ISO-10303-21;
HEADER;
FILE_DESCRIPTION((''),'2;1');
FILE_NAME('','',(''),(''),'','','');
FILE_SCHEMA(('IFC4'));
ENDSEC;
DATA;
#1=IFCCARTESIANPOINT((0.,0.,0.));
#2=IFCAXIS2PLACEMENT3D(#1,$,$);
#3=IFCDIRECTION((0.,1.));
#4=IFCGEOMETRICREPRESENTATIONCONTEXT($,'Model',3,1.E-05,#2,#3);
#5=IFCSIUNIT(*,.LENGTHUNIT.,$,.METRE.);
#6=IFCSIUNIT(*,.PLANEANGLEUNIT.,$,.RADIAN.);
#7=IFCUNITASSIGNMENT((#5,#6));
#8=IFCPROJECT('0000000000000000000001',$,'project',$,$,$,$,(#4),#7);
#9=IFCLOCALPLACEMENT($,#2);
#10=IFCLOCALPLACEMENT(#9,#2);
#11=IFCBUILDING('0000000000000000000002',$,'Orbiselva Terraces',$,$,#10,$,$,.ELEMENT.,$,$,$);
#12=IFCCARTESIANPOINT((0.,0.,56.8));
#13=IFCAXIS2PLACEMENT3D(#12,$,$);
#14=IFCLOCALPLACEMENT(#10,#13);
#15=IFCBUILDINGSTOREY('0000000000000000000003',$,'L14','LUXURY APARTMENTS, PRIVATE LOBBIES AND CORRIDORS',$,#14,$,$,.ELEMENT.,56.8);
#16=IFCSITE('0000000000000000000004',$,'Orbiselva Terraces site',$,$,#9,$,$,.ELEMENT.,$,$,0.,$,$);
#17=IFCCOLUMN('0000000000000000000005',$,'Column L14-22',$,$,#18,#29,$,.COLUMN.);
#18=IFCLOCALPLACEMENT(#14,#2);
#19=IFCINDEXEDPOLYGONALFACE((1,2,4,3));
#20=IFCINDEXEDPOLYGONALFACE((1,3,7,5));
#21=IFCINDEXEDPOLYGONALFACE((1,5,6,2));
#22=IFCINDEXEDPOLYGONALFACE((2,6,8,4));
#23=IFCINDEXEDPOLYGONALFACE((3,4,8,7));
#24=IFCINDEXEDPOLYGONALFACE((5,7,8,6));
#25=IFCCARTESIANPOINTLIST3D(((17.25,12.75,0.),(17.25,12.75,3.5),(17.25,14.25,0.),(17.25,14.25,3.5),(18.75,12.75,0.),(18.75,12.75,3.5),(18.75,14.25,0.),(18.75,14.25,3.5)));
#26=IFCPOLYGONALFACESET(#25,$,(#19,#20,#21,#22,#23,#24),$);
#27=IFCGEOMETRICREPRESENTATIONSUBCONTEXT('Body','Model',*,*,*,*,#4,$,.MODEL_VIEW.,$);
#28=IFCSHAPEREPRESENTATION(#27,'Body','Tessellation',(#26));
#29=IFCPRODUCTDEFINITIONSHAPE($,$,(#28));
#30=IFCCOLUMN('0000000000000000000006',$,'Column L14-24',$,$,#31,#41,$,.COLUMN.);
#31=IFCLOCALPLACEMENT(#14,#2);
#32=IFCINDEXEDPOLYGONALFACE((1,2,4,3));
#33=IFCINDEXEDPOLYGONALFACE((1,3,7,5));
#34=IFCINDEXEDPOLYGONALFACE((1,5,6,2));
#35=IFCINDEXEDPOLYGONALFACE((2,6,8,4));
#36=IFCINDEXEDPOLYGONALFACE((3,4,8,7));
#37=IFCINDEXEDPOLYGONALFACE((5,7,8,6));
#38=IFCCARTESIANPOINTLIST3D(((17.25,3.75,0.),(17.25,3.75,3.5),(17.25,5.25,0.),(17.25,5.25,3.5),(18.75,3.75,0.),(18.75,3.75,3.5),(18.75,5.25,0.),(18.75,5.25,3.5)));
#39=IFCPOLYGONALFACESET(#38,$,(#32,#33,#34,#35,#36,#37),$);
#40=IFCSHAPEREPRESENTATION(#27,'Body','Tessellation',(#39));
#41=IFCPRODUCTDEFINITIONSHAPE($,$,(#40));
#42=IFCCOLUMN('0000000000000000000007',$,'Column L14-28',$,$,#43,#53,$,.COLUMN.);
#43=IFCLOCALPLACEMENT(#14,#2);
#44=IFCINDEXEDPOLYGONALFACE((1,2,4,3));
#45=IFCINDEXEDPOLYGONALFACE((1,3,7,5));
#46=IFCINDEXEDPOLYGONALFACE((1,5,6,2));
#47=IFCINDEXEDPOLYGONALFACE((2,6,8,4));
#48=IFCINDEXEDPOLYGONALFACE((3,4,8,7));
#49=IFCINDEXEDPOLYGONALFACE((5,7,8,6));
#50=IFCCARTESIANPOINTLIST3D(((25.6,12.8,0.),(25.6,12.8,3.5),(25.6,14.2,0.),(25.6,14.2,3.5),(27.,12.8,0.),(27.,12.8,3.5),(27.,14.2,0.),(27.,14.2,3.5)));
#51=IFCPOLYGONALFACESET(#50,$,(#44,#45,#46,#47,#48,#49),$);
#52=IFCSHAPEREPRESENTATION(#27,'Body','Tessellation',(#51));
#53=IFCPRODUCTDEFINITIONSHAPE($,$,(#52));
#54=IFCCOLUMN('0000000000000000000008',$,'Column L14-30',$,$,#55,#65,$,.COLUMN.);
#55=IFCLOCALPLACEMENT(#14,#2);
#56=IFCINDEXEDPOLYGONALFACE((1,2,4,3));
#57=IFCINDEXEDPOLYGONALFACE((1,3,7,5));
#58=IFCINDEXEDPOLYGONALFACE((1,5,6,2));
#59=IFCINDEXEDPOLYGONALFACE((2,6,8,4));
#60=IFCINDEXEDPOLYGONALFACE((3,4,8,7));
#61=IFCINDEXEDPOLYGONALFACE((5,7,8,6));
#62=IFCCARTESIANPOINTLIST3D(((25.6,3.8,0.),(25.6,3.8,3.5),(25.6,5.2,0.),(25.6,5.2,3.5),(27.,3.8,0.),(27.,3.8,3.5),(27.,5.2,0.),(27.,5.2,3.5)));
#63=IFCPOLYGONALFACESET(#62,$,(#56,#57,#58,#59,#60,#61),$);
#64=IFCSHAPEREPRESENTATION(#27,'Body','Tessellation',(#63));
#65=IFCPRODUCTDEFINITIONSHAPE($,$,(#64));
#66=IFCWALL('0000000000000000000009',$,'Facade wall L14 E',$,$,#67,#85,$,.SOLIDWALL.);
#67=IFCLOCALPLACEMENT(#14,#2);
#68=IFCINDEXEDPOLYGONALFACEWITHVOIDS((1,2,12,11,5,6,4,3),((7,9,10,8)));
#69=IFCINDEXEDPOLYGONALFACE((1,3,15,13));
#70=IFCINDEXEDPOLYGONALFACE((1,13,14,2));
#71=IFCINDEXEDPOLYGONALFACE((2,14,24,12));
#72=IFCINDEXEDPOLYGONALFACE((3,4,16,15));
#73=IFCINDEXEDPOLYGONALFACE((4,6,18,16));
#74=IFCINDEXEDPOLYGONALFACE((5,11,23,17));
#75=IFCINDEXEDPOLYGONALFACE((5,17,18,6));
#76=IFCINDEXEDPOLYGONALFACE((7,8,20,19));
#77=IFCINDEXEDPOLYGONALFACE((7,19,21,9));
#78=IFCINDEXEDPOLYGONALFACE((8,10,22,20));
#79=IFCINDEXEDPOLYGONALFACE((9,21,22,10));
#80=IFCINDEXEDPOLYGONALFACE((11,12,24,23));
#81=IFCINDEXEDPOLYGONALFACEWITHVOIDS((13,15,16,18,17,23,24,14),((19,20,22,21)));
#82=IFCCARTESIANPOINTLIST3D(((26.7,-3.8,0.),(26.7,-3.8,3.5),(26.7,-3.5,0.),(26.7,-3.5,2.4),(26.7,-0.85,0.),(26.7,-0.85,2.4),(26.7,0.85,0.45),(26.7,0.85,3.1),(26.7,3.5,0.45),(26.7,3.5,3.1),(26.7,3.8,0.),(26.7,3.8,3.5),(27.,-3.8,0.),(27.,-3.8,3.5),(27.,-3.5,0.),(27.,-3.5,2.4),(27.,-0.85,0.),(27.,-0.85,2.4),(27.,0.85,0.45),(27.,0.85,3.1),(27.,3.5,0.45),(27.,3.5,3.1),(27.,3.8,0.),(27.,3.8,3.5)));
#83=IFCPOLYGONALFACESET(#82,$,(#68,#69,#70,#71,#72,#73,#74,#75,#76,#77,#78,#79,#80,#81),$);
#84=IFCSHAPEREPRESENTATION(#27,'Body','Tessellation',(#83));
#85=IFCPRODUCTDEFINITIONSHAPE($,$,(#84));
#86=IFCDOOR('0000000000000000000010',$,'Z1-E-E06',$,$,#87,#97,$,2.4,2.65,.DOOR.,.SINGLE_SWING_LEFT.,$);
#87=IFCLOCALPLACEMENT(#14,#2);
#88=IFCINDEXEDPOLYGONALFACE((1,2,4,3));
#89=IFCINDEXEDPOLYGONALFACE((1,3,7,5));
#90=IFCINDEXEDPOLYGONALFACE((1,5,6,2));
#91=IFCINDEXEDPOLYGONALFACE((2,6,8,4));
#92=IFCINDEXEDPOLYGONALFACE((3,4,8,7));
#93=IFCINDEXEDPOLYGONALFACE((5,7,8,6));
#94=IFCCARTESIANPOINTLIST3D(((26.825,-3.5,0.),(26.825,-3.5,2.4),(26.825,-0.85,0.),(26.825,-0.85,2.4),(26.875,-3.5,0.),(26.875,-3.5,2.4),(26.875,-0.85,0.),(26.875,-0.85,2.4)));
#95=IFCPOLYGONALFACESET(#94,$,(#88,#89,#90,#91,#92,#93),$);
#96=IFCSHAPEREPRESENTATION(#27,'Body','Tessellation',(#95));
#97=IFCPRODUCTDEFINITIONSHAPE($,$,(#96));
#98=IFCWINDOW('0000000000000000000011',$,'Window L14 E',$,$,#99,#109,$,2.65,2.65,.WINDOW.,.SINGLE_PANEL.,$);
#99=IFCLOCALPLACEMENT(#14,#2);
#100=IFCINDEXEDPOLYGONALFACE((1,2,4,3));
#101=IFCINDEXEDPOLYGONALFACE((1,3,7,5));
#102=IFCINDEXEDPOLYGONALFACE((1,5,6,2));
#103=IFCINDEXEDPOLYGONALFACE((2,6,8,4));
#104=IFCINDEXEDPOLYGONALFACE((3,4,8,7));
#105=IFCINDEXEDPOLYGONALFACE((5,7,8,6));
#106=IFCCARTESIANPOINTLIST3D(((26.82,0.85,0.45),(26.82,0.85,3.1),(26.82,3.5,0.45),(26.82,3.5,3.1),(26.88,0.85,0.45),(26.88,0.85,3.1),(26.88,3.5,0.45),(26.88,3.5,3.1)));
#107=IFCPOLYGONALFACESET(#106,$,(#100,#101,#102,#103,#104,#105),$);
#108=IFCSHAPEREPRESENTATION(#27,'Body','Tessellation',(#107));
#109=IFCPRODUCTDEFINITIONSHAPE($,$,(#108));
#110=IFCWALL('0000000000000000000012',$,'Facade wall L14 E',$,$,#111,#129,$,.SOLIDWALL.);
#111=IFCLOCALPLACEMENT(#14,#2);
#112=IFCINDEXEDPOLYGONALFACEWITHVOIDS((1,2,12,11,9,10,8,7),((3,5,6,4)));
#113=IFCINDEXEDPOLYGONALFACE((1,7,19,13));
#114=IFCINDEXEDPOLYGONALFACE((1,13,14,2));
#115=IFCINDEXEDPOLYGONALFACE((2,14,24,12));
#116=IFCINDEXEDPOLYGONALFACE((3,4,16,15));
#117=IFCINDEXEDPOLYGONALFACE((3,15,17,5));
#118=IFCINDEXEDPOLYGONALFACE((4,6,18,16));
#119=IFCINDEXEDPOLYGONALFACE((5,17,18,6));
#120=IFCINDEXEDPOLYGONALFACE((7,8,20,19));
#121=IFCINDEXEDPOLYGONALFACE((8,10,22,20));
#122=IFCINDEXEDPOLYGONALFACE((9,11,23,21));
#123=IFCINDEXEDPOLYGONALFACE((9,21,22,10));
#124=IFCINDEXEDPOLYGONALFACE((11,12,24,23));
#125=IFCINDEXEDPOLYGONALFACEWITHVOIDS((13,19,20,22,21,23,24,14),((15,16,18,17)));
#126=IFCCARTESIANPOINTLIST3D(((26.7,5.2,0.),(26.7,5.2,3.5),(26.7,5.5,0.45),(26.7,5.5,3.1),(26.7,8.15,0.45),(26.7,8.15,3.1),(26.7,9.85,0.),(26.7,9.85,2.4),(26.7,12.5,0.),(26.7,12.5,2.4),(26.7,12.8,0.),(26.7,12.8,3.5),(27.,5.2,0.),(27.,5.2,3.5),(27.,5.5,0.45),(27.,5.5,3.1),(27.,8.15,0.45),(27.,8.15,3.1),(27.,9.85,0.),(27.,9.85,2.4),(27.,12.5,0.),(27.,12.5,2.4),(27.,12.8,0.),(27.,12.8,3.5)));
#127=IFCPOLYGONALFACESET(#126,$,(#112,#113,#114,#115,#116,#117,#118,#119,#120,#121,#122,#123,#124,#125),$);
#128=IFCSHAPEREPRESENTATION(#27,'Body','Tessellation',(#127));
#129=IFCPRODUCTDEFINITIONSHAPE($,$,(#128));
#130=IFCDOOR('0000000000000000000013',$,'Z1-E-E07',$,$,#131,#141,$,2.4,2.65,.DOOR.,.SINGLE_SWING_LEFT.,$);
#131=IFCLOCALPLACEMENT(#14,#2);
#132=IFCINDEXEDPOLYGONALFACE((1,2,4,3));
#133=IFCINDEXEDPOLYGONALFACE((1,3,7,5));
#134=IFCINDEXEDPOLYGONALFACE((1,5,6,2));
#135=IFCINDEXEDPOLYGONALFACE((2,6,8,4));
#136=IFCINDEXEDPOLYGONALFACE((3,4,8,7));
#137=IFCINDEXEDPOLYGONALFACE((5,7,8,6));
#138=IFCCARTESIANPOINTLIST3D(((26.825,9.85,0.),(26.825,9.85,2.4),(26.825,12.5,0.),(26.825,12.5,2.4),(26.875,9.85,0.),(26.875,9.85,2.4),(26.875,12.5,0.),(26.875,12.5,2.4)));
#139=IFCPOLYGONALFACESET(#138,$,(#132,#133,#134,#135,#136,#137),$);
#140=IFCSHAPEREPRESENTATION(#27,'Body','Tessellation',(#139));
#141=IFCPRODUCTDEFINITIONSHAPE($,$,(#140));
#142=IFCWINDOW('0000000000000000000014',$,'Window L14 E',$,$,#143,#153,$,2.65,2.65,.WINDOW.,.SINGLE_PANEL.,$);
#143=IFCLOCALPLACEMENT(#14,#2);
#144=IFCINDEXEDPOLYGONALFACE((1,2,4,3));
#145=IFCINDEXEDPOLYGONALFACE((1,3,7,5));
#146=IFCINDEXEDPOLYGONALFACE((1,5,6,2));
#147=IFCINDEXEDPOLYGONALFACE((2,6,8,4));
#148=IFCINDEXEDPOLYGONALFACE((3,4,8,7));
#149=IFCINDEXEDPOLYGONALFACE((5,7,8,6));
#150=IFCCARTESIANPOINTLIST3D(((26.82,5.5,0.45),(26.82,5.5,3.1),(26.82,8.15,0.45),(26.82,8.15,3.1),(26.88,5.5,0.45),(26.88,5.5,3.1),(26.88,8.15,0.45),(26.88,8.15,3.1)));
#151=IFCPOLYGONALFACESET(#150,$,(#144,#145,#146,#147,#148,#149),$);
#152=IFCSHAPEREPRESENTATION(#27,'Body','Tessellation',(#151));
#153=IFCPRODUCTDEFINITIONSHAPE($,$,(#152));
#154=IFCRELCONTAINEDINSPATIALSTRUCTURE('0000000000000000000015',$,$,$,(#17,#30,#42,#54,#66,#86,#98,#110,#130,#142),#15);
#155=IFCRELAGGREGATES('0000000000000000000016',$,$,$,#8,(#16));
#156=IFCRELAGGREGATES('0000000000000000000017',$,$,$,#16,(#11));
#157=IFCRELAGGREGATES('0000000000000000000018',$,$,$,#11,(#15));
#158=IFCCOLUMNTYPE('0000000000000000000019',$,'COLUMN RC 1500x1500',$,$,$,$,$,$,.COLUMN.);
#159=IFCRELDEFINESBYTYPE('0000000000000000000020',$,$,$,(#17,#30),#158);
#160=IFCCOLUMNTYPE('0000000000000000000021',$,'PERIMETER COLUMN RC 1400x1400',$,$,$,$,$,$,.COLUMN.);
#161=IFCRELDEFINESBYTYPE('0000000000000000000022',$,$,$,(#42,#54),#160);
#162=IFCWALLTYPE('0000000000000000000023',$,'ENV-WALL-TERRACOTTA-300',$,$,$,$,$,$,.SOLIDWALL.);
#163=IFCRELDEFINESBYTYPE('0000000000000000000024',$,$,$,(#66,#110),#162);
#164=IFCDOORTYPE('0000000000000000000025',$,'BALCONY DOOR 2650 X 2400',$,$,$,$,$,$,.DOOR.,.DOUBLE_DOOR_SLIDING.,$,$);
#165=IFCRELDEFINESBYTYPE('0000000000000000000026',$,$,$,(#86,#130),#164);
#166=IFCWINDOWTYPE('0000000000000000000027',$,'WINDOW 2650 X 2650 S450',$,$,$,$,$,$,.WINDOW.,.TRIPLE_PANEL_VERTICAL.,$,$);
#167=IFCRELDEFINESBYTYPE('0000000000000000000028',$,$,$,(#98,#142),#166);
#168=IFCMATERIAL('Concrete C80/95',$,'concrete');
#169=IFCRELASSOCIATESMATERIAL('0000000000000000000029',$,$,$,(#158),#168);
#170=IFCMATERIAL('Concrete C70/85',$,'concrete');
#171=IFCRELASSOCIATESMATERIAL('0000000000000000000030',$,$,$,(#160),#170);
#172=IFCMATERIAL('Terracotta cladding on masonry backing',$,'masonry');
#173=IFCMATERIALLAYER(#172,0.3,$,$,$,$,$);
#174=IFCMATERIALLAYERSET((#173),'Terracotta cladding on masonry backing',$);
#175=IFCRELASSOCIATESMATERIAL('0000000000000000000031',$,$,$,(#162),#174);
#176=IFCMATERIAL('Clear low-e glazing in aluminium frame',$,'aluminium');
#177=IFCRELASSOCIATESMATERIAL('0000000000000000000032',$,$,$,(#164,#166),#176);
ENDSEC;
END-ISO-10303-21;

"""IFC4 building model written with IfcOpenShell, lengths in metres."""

from ifc_helpers import new_model, si_unit, direction, frame, frame_2d, origin, origin_2d, place, context, subcontext, project, spatial, rectangle, extrude, material, layer, layer_set, material_profile, profile_set, type_object, element, fill, save


model = new_model("IFC4")

# Units and contexts
model_context = context("Model", 3, precision=1e-05, world=origin(), true_north=direction((0.0, 1.0)))
body_context = subcontext(model_context, "Body", "Model", "MODEL_VIEW")
ifc_project = project(units=[si_unit("LENGTHUNIT", "METRE"), si_unit("PLANEANGLEUNIT", "RADIAN")], contexts=[model_context])

# Site, building, storey
site_placement = place(None, origin())
site = spatial("IfcSite", under=ifc_project, at=site_placement, Name="Orbiselva Terraces site", CompositionType="ELEMENT", RefElevation=0.0)
building_placement = place(site_placement, origin())
building = spatial("IfcBuilding", under=site, at=building_placement, Name="Orbiselva Terraces", CompositionType="ELEMENT")
storey_placement = place(building_placement, frame((0.0, 0.0, 56.8)))
storey = spatial("IfcBuildingStorey", under=building, at=storey_placement, Name="L14", Description="LUXURY APARTMENTS, PRIVATE LOBBIES AND CORRIDORS", CompositionType="ELEMENT", Elevation=56.8)

# Columns
ifc_material_1 = material(Name="Concrete C80/95", Category="concrete")
ifc_material_profile_1 = material_profile(ifc_material_1, rectangle(XDim=1.5, YDim=1.5, at=origin_2d()), Name="RC 1500x1500")
ifc_profile_set_1 = profile_set([ifc_material_profile_1], Name="Concrete C80/95")
column_type_1 = type_object("IfcColumnType", Name="COLUMN RC 1500x1500", PredefinedType="COLUMN", material=ifc_profile_set_1)
for number, where, z_axis, x_axis, name in (
    (1, (18.0, 13.5, 0.0), (0.0, 0.0, 1.0), (1.0, 0.0, 0.0), "Column L14-22"),
    (2, (18.0, 4.5, 0.0), (0.0, 0.0, 1.0), (1.0, 0.0, 0.0), "Column L14-24"),
):
    element("IfcColumn", number, at=place(storey_placement, frame(where, z_axis=z_axis, x_axis=x_axis)), inside=storey, type_object=column_type_1, Name=name, PredefinedType="COLUMN", context=body_context, shape_type="SweptSolid", body=[
        extrude(rectangle(XDim=1.5, YDim=1.5, at=origin_2d()), origin(), (0.0, 0.0, 1.0), 3.5),
    ])
ifc_material_2 = material(Name="Concrete C70/85", Category="concrete")
ifc_material_profile_2 = material_profile(ifc_material_2, rectangle(XDim=1.4, YDim=1.4, at=origin_2d()), Name="RC 1400x1400")
ifc_profile_set_2 = profile_set([ifc_material_profile_2], Name="Concrete C70/85")
column_type_2 = type_object("IfcColumnType", Name="PERIMETER COLUMN RC 1400x1400", PredefinedType="COLUMN", material=ifc_profile_set_2)
for number, where, z_axis, x_axis, name in (
    (3, (26.3, 13.5, 0.0), (0.0, 0.0, 1.0), (1.0, 0.0, 0.0), "Column L14-28"),
    (4, (26.3, 4.5, 0.0), (0.0, 0.0, 1.0), (1.0, 0.0, 0.0), "Column L14-30"),
):
    element("IfcColumn", number, at=place(storey_placement, frame(where, z_axis=z_axis, x_axis=x_axis)), inside=storey, type_object=column_type_2, Name=name, PredefinedType="COLUMN", context=body_context, shape_type="SweptSolid", body=[
        extrude(rectangle(XDim=1.4, YDim=1.4, at=origin_2d()), origin(), (0.0, 0.0, 1.0), 3.5),
    ])

# Walls, openings, doors, windows
ifc_material_3 = material(Name="Terracotta cladding on masonry backing", Category="masonry")
ifc_layer_1 = layer(ifc_material_3, 0.3)
ifc_layer_set_1 = layer_set([ifc_layer_1], Name="Terracotta cladding on masonry backing")
wall_type_1 = type_object("IfcWallType", Name="ENV-WALL-TERRACOTTA-300", PredefinedType="SOLIDWALL", material=ifc_layer_set_1)
wall_1_placement = place(storey_placement, frame((26.85, 3.8, 0.0), z_axis=(0.0, 0.0, 1.0), x_axis=(0.0, -1.0, 0.0)))
wall_1 = element("IfcWall", 5, at=wall_1_placement, inside=storey, type_object=wall_type_1, Name="Facade wall L14 E", PredefinedType="SOLIDWALL", context=body_context, shape_type="SweptSolid", body=[
    extrude(rectangle(XDim=7.6, YDim=0.3, at=frame_2d((3.8, 0.0))), origin(), (0.0, 0.0, 1.0), 3.5),
])
opening_1_placement = place(wall_1_placement, frame((4.65, 0.0, 0.0)))
opening_1 = element("IfcOpeningElement", 6, at=opening_1_placement, cuts=wall_1, PredefinedType="OPENING", context=body_context, shape_type="SweptSolid", body=[
    extrude(rectangle(XDim=2.65, YDim=2.4, at=frame_2d((1.325, 1.2))), frame((0.0, 0.16, 0.0), z_axis=(0.0, -1.0, 0.0), x_axis=(1.0, 0.0, 0.0)), (0.0, 0.0, 1.0), 0.32),
])
opening_2_placement = place(wall_1_placement, frame((0.3, 0.0, 0.45)))
opening_2 = element("IfcOpeningElement", 7, at=opening_2_placement, cuts=wall_1, PredefinedType="OPENING", context=body_context, shape_type="SweptSolid", body=[
    extrude(rectangle(XDim=2.65, YDim=2.65, at=frame_2d((1.325, 1.325))), frame((0.0, 0.16, 0.0), z_axis=(0.0, -1.0, 0.0), x_axis=(1.0, 0.0, 0.0)), (0.0, 0.0, 1.0), 0.32),
])
ifc_material_4 = material(Name="Clear low-e glazing in aluminium frame", Category="aluminium")
door_type_1 = type_object("IfcDoorType", Name="BALCONY DOOR 2650 X 2400", OperationType="DOUBLE_DOOR_SLIDING", PredefinedType="DOOR", material=ifc_material_4)
door_1_placement = place(opening_1_placement, origin())
door_1 = element("IfcDoor", 8, at=door_1_placement, inside=storey, type_object=door_type_1, Name="Z1-E-E06", OperationType="SINGLE_SWING_LEFT", OverallHeight=2.4, OverallWidth=2.65, PredefinedType="DOOR", context=body_context, shape_type="SweptSolid", body=[
    extrude(rectangle(XDim=2.65, YDim=2.4, at=frame_2d((1.325, 1.2))), frame((0.0, 0.025, 0.0), z_axis=(0.0, -1.0, 0.0), x_axis=(1.0, 0.0, 0.0)), (0.0, 0.0, 1.0), 0.05),
])
fill(opening_1, door_1)
window_type = type_object("IfcWindowType", Name="WINDOW 2650 X 2650 S450", PartitioningType="TRIPLE_PANEL_VERTICAL", PredefinedType="WINDOW", material=ifc_material_4)
window_1_placement = place(opening_2_placement, origin())
window_1 = element("IfcWindow", 9, at=window_1_placement, inside=storey, type_object=window_type, Name="Window L14 E", OverallHeight=2.65, OverallWidth=2.65, PartitioningType="SINGLE_PANEL", PredefinedType="WINDOW", context=body_context, shape_type="SweptSolid", body=[
    extrude(rectangle(XDim=2.65, YDim=2.65, at=frame_2d((1.325, 1.325))), frame((0.0, 0.03, 0.0), z_axis=(0.0, -1.0, 0.0), x_axis=(1.0, 0.0, 0.0)), (0.0, 0.0, 1.0), 0.06),
])
fill(opening_2, window_1)
wall_2_placement = place(storey_placement, frame((26.85, 12.8, 0.0), z_axis=(0.0, 0.0, 1.0), x_axis=(0.0, -1.0, 0.0)))
wall_2 = element("IfcWall", 10, at=wall_2_placement, inside=storey, type_object=wall_type_1, Name="Facade wall L14 E", PredefinedType="SOLIDWALL", context=body_context, shape_type="SweptSolid", body=[
    extrude(rectangle(XDim=7.6, YDim=0.3, at=frame_2d((3.8, 0.0))), origin(), (0.0, 0.0, 1.0), 3.5),
])
opening_3_placement = place(wall_2_placement, frame((4.65, 0.0, 0.45)))
opening_3 = element("IfcOpeningElement", 11, at=opening_3_placement, cuts=wall_2, PredefinedType="OPENING", context=body_context, shape_type="SweptSolid", body=[
    extrude(rectangle(XDim=2.65, YDim=2.65, at=frame_2d((1.325, 1.325))), frame((0.0, 0.16, 0.0), z_axis=(0.0, -1.0, 0.0), x_axis=(1.0, 0.0, 0.0)), (0.0, 0.0, 1.0), 0.32),
])
opening_4_placement = place(wall_2_placement, frame((0.3, 0.0, 0.0)))
opening_4 = element("IfcOpeningElement", 12, at=opening_4_placement, cuts=wall_2, PredefinedType="OPENING", context=body_context, shape_type="SweptSolid", body=[
    extrude(rectangle(XDim=2.65, YDim=2.4, at=frame_2d((1.325, 1.2))), frame((0.0, 0.16, 0.0), z_axis=(0.0, -1.0, 0.0), x_axis=(1.0, 0.0, 0.0)), (0.0, 0.0, 1.0), 0.32),
])
door_2_placement = place(opening_4_placement, origin())
door_2 = element("IfcDoor", 13, at=door_2_placement, inside=storey, type_object=door_type_1, Name="Z1-E-E07", OperationType="SINGLE_SWING_LEFT", OverallHeight=2.4, OverallWidth=2.65, PredefinedType="DOOR", context=body_context, shape_type="SweptSolid", body=[
    extrude(rectangle(XDim=2.65, YDim=2.4, at=frame_2d((1.325, 1.2))), frame((0.0, 0.025, 0.0), z_axis=(0.0, -1.0, 0.0), x_axis=(1.0, 0.0, 0.0)), (0.0, 0.0, 1.0), 0.05),
])
fill(opening_4, door_2)
window_2_placement = place(opening_3_placement, origin())
window_2 = element("IfcWindow", 14, at=window_2_placement, inside=storey, type_object=window_type, Name="Window L14 E", OverallHeight=2.65, OverallWidth=2.65, PartitioningType="SINGLE_PANEL", PredefinedType="WINDOW", context=body_context, shape_type="SweptSolid", body=[
    extrude(rectangle(XDim=2.65, YDim=2.65, at=frame_2d((1.325, 1.325))), frame((0.0, 0.03, 0.0), z_axis=(0.0, -1.0, 0.0), x_axis=(1.0, 0.0, 0.0)), (0.0, 0.0, 1.0), 0.06),
])
fill(opening_3, window_2)

save(model, "model.ifc")
